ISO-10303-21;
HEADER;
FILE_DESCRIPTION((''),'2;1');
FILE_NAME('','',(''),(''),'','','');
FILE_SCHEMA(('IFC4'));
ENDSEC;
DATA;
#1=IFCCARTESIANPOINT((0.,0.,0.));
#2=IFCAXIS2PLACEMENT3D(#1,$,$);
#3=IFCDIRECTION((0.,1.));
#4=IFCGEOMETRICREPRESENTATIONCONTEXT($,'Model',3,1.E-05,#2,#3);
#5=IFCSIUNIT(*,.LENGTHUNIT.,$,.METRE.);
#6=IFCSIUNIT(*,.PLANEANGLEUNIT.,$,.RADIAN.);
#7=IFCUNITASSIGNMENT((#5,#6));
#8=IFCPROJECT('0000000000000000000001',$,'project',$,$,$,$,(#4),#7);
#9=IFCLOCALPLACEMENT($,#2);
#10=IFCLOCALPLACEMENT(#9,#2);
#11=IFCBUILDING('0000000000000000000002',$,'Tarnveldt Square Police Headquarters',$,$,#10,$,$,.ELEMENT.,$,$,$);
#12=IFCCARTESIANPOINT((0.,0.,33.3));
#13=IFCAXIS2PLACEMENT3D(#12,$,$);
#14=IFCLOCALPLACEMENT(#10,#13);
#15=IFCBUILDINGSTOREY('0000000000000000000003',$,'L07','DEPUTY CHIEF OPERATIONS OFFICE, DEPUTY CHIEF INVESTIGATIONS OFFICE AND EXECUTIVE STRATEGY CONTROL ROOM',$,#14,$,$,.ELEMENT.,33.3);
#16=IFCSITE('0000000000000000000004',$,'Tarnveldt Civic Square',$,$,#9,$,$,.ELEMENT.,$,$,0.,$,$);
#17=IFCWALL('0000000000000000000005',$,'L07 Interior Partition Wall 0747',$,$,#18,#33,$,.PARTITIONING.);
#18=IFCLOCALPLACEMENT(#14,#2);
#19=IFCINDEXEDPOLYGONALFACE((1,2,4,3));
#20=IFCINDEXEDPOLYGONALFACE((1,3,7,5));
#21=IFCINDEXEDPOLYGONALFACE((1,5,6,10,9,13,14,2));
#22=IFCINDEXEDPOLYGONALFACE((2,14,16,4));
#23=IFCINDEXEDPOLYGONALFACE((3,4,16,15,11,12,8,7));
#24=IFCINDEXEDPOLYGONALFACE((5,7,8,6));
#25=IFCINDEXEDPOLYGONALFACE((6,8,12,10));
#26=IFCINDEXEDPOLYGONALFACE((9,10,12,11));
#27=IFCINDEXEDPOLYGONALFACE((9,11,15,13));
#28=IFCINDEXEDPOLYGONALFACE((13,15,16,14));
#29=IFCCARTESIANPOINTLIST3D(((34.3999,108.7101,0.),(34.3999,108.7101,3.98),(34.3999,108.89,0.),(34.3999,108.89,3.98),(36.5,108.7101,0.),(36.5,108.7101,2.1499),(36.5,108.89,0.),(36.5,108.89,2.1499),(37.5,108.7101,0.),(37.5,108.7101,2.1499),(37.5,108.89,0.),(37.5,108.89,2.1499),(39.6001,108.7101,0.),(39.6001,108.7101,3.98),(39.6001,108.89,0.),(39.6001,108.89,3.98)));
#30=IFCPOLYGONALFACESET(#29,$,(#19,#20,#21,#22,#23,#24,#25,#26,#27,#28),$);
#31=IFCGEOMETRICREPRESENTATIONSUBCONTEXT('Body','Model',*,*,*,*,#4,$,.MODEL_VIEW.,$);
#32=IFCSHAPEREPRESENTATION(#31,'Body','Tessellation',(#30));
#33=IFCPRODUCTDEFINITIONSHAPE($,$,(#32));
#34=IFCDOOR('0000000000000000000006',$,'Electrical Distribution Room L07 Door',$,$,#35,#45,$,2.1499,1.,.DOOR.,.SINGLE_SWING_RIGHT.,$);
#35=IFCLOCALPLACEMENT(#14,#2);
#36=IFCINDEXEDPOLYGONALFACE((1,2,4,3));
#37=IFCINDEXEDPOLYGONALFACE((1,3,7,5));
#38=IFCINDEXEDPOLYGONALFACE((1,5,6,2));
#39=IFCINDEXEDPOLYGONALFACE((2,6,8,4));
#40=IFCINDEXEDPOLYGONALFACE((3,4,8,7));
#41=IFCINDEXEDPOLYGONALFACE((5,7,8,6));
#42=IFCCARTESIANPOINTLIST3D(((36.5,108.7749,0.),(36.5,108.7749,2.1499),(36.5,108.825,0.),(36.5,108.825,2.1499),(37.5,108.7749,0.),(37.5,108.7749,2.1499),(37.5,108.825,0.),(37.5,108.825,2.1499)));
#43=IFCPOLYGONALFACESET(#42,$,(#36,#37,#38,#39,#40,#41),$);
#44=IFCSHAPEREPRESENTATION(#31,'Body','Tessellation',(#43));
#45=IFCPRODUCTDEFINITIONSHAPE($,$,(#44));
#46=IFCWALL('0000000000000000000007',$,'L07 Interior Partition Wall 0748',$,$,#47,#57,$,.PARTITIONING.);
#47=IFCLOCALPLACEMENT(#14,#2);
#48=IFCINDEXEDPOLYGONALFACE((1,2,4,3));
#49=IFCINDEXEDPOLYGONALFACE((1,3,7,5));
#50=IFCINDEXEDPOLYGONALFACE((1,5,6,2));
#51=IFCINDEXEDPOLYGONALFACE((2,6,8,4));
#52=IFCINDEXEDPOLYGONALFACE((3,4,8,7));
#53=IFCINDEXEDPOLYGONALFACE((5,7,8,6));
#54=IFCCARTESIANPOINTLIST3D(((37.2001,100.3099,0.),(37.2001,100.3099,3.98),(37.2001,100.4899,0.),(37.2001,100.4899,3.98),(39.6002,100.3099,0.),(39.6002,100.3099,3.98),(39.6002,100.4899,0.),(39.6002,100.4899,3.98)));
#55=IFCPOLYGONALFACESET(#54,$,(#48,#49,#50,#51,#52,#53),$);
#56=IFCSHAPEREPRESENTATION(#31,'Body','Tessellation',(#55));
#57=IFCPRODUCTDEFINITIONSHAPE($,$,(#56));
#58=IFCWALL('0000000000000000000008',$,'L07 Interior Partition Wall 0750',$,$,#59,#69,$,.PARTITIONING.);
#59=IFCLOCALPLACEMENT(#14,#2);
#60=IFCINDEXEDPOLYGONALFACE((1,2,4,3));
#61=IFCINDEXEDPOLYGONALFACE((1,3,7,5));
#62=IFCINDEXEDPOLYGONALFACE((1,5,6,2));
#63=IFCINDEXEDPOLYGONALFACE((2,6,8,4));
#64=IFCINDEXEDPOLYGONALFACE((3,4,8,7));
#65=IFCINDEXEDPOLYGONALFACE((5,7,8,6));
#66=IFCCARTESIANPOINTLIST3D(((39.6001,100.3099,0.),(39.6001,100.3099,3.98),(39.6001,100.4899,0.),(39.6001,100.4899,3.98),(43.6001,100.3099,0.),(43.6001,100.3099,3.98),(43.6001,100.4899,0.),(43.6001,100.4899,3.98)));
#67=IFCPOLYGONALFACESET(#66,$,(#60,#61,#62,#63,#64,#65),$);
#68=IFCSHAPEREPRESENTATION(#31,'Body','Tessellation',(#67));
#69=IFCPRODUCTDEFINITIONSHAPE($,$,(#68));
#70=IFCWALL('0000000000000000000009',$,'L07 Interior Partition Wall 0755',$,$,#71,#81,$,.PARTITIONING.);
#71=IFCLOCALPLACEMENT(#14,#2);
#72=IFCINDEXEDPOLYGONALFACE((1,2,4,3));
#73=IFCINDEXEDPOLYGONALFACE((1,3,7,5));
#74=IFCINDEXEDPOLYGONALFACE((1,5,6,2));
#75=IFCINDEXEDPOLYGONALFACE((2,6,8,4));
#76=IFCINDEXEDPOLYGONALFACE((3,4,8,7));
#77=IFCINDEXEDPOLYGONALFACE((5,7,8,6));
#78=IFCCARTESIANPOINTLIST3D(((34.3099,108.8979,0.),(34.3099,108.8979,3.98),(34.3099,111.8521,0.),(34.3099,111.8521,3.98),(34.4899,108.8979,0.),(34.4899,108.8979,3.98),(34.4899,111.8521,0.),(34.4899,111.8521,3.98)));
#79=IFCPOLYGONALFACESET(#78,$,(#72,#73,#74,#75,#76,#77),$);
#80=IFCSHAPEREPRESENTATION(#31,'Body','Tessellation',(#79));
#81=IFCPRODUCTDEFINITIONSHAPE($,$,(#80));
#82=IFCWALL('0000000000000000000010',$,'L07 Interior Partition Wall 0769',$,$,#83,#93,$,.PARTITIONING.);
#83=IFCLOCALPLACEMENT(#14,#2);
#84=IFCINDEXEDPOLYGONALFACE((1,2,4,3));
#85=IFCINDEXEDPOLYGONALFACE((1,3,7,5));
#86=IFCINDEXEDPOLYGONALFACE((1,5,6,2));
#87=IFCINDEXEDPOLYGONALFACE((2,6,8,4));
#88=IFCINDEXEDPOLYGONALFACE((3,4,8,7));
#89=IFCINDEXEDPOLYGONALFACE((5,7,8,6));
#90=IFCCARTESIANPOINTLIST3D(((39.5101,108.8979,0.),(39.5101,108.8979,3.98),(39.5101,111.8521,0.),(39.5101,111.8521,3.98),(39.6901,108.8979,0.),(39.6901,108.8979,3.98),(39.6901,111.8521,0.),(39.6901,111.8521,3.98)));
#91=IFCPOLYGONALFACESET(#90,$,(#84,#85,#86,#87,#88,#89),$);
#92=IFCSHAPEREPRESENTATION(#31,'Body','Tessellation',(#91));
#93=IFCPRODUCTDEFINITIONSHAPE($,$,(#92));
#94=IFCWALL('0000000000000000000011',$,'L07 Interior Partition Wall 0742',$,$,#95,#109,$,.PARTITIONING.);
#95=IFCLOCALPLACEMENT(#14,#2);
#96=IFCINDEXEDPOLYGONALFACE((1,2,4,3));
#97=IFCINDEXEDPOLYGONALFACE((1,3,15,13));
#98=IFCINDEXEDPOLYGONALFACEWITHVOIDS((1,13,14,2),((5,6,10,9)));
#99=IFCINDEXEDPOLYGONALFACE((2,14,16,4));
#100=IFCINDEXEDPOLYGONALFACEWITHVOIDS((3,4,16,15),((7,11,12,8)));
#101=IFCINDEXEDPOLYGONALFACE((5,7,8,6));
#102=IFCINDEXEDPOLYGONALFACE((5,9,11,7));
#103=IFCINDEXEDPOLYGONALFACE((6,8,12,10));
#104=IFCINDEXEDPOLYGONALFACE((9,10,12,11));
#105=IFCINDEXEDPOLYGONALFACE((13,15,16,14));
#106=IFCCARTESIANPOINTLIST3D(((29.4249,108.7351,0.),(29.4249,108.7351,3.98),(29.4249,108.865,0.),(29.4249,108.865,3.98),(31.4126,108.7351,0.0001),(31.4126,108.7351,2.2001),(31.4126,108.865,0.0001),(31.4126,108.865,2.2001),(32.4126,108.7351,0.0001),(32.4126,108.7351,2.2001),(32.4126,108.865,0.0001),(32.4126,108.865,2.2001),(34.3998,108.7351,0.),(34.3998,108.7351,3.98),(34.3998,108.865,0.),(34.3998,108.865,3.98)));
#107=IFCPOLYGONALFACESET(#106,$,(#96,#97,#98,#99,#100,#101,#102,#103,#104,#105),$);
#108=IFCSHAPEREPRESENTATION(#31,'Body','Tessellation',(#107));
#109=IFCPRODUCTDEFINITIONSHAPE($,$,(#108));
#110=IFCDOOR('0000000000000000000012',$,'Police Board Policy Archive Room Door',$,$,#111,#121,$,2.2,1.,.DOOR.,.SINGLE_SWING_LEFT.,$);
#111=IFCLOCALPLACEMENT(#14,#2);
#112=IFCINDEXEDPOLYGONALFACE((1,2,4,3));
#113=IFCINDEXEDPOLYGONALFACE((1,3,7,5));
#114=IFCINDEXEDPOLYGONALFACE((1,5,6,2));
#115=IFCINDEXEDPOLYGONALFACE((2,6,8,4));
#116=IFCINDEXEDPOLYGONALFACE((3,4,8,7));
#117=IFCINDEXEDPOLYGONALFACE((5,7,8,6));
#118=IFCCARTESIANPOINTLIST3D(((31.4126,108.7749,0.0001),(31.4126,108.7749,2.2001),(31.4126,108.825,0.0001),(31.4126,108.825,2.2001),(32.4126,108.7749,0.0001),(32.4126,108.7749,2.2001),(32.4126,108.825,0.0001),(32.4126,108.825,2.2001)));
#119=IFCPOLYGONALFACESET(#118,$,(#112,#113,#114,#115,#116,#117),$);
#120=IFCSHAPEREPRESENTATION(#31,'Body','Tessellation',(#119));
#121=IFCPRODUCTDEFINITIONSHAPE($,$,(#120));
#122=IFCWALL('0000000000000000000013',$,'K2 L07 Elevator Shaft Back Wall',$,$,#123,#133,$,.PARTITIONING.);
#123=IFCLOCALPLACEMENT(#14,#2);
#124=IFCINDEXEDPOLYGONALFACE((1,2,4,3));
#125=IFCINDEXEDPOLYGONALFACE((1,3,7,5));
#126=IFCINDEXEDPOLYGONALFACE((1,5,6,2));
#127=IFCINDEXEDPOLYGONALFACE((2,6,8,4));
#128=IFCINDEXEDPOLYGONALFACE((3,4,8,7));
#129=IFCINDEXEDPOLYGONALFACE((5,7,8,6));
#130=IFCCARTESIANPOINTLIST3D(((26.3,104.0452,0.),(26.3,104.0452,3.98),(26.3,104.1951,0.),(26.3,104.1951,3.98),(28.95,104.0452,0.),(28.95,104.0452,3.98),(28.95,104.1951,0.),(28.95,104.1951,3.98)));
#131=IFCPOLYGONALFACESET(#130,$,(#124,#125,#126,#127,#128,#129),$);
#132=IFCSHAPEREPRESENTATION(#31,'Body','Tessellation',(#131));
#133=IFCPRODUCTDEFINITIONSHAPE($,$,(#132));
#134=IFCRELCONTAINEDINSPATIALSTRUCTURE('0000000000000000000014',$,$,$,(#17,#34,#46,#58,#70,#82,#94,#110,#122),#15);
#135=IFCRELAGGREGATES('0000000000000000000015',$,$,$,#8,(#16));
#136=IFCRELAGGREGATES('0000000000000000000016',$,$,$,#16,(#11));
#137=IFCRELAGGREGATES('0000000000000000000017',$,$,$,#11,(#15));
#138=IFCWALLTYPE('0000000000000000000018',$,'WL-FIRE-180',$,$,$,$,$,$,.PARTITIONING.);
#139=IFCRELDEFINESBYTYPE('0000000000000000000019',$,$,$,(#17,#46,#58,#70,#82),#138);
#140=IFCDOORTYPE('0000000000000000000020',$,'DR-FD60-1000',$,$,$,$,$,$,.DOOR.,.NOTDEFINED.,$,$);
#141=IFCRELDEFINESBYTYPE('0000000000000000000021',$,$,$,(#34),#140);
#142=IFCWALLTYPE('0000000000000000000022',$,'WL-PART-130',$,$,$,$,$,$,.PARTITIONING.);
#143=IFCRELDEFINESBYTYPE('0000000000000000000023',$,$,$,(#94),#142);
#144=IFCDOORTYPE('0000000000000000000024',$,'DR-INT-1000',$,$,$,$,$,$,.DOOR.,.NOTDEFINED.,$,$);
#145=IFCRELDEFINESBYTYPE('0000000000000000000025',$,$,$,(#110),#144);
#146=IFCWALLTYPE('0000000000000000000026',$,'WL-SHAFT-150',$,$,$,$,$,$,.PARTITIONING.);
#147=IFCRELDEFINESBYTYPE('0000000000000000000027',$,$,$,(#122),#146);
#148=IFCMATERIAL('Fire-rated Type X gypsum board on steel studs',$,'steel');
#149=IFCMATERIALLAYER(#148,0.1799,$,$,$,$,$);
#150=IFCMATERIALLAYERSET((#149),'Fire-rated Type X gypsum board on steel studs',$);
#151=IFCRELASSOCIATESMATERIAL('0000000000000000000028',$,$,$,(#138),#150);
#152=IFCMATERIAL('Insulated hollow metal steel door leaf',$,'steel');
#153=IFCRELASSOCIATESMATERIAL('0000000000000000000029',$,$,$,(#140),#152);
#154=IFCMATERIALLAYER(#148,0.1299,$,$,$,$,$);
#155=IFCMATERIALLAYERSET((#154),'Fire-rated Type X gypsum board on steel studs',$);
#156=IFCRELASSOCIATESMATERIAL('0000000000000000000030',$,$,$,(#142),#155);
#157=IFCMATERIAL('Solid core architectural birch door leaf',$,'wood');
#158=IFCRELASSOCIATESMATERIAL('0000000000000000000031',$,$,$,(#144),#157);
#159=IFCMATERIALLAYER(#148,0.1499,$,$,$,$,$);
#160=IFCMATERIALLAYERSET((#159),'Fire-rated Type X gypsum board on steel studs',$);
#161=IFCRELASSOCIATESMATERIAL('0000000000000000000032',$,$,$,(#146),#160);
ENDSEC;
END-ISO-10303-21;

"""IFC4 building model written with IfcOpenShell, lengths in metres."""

from ifc_helpers import new_model, si_unit, direction, frame, frame_2d, origin, place, context, subcontext, project, spatial, rectangle, extrude, material, layer, layer_set, type_object, element, fill, save


model = new_model("IFC4")

# Units and contexts
model_context = context("Model", 3, precision=1e-05, world=origin(), true_north=direction((0.0, 1.0)))
body_context = subcontext(model_context, "Body", "Model", "MODEL_VIEW")
ifc_project = project(units=[si_unit("LENGTHUNIT", "METRE"), si_unit("PLANEANGLEUNIT", "RADIAN")], contexts=[model_context])

# Site, building, storey
site_placement = place(None, origin())
site = spatial("IfcSite", under=ifc_project, at=site_placement, Name="Tarnveldt Civic Square", CompositionType="ELEMENT", RefElevation=0.0)
building_placement = place(site_placement, origin())
building = spatial("IfcBuilding", under=site, at=building_placement, Name="Tarnveldt Square Police Headquarters", CompositionType="ELEMENT")
storey_placement = place(building_placement, frame((0.0, 0.0, 33.3)))
storey = spatial("IfcBuildingStorey", under=building, at=storey_placement, Name="L07", Description="DEPUTY CHIEF OPERATIONS OFFICE, DEPUTY CHIEF INVESTIGATIONS OFFICE AND EXECUTIVE STRATEGY CONTROL ROOM", CompositionType="ELEMENT", Elevation=33.3)

# Shared definitions
ifc_material_1 = material(Name="Fire-rated Type X gypsum board on steel studs", Category="steel")

# Wall, opening, door
ifc_layer_1 = layer(ifc_material_1, 0.1799)
ifc_layer_set_1 = layer_set([ifc_layer_1], Name="Fire-rated Type X gypsum board on steel studs")
wall_type_1 = type_object("IfcWallType", Name="WL-FIRE-180", PredefinedType="PARTITIONING", material=ifc_layer_set_1)
wall_1_placement = place(storey_placement, frame((34.3999, 108.8, 0.0), z_axis=(0.0, 0.0, 1.0), x_axis=(1.0, 0.0, 0.0)))
wall_1 = element("IfcWall", 1, at=wall_1_placement, inside=storey, type_object=wall_type_1, Name="L07 Interior Partition Wall 0747", PredefinedType="PARTITIONING", context=body_context, shape_type="SweptSolid", body=[
    extrude(rectangle(XDim=5.2002, YDim=0.1799, at=frame_2d((2.6001, 0.0))), origin(), (0.0, 0.0, 1.0), 3.98),
])
opening_1_placement = place(wall_1_placement, frame((2.1001, 0.0, 0.0)))
opening_1 = element("IfcOpeningElement", 2, at=opening_1_placement, cuts=wall_1, PredefinedType="OPENING", context=body_context, shape_type="SweptSolid", body=[
    extrude(rectangle(XDim=1.0, YDim=2.1499, at=frame_2d((0.5, 1.075))), frame((0.0, 0.0999, 0.0), z_axis=(0.0, -1.0, 0.0), x_axis=(1.0, 0.0, 0.0)), (0.0, 0.0, 1.0), 0.2),
])
ifc_material_2 = material(Name="Insulated hollow metal steel door leaf", Category="steel")
door_type_1 = type_object("IfcDoorType", Name="DR-FD60-1000", OperationType="NOTDEFINED", PredefinedType="DOOR", material=ifc_material_2)
door_1_placement = place(opening_1_placement, origin())
door_1 = element("IfcDoor", 3, at=door_1_placement, inside=storey, type_object=door_type_1, Name="Electrical Distribution Room L07 Door", OperationType="SINGLE_SWING_RIGHT", OverallHeight=2.1499, OverallWidth=1.0, PredefinedType="DOOR", context=body_context, shape_type="SweptSolid", body=[
    extrude(rectangle(XDim=1.0, YDim=2.1499, at=frame_2d((0.5, 1.075))), frame((0.0, 0.0249, 0.0), z_axis=(0.0, -1.0, 0.0), x_axis=(1.0, 0.0, 0.0)), (0.0, 0.0, 1.0), 0.05),
])
fill(opening_1, door_1)

# Walls
wall_2_placement = place(storey_placement, frame((37.2, 100.3999, 0.0), z_axis=(0.0, 0.0, 1.0), x_axis=(1.0, 0.0, 0.0)))
element("IfcWall", 4, at=wall_2_placement, inside=storey, type_object=wall_type_1, Name="L07 Interior Partition Wall 0748", PredefinedType="PARTITIONING", context=body_context, shape_type="SweptSolid", body=[
    extrude(rectangle(XDim=2.4001, YDim=0.1799, at=frame_2d((1.2002, 0.0))), origin(), (0.0, 0.0, 1.0), 3.98),
])
wall_3_placement = place(storey_placement, frame((39.6001, 100.3999, 0.0), z_axis=(0.0, 0.0, 1.0), x_axis=(1.0, 0.0, 0.0)))
element("IfcWall", 5, at=wall_3_placement, inside=storey, type_object=wall_type_1, Name="L07 Interior Partition Wall 0750", PredefinedType="PARTITIONING", context=body_context, shape_type="SweptSolid", body=[
    extrude(rectangle(XDim=4.0, YDim=0.1799, at=frame_2d((2.0, 0.0))), origin(), (0.0, 0.0, 1.0), 3.98),
])
for number, where, z_axis, x_axis, name in (
    (6, (34.3999, 108.8979, 0.0), (0.0, 0.0, 1.0), (0.0, 1.0, 0.0), "L07 Interior Partition Wall 0755"),
    (7, (39.6001, 108.8979, 0.0), (0.0, 0.0, 1.0), (0.0, 1.0, 0.0), "L07 Interior Partition Wall 0769"),
):
    element("IfcWall", number, at=place(storey_placement, frame(where, z_axis=z_axis, x_axis=x_axis)), inside=storey, type_object=wall_type_1, Name=name, PredefinedType="PARTITIONING", context=body_context, shape_type="SweptSolid", body=[
        extrude(rectangle(XDim=2.9541, YDim=0.1799, at=frame_2d((1.4771, 0.0))), origin(), (0.0, 0.0, 1.0), 3.98),
    ])

# Wall, opening, door
ifc_layer_2 = layer(ifc_material_1, 0.1299)
ifc_layer_set_2 = layer_set([ifc_layer_2], Name="Fire-rated Type X gypsum board on steel studs")
wall_type_2 = type_object("IfcWallType", Name="WL-PART-130", PredefinedType="PARTITIONING", material=ifc_layer_set_2)
wall_4_placement = place(storey_placement, frame((29.425, 108.8, 0.0), z_axis=(0.0, 0.0, 1.0), x_axis=(1.0, 0.0, 0.0)))
wall_4 = element("IfcWall", 8, at=wall_4_placement, inside=storey, type_object=wall_type_2, Name="L07 Interior Partition Wall 0742", PredefinedType="PARTITIONING", context=body_context, shape_type="SweptSolid", body=[
    extrude(rectangle(XDim=4.9749, YDim=0.1299, at=frame_2d((2.4873, 0.0))), origin(), (0.0, 0.0, 1.0), 3.98),
])
opening_2_placement = place(wall_4_placement, frame((1.9875, 0.0, 0.0)))
opening_2 = element("IfcOpeningElement", 9, at=opening_2_placement, cuts=wall_4, PredefinedType="OPENING", context=body_context, shape_type="SweptSolid", body=[
    extrude(rectangle(XDim=1.0, YDim=2.2, at=frame_2d((0.5, 1.1001))), frame((0.0, 0.075, 0.0), z_axis=(0.0, -1.0, 0.0), x_axis=(1.0, 0.0, 0.0)), (0.0, 0.0, 1.0), 0.1499),
])
ifc_material_3 = material(Name="Solid core architectural birch door leaf", Category="wood")
door_type_2 = type_object("IfcDoorType", Name="DR-INT-1000", OperationType="NOTDEFINED", PredefinedType="DOOR", material=ifc_material_3)
door_2_placement = place(opening_2_placement, origin())
door_2 = element("IfcDoor", 10, at=door_2_placement, inside=storey, type_object=door_type_2, Name="Police Board Policy Archive Room Door", OperationType="SINGLE_SWING_LEFT", OverallHeight=2.2, OverallWidth=1.0, PredefinedType="DOOR", context=body_context, shape_type="SweptSolid", body=[
    extrude(rectangle(XDim=1.0, YDim=2.2, at=frame_2d((0.5, 1.1001))), frame((0.0, 0.0249, 0.0), z_axis=(0.0, -1.0, 0.0), x_axis=(1.0, 0.0, 0.0)), (0.0, 0.0, 1.0), 0.05),
])
fill(opening_2, door_2)

# Wall
ifc_layer_3 = layer(ifc_material_1, 0.1499)
ifc_layer_set_3 = layer_set([ifc_layer_3], Name="Fire-rated Type X gypsum board on steel studs")
wall_type_3 = type_object("IfcWallType", Name="WL-SHAFT-150", PredefinedType="PARTITIONING", material=ifc_layer_set_3)
wall_5_placement = place(storey_placement, frame((26.3, 104.1201, 0.0), z_axis=(0.0, 0.0, 1.0), x_axis=(1.0, 0.0, 0.0)))
element("IfcWall", 11, at=wall_5_placement, inside=storey, type_object=wall_type_3, Name="K2 L07 Elevator Shaft Back Wall", PredefinedType="PARTITIONING", context=body_context, shape_type="SweptSolid", body=[
    extrude(rectangle(XDim=2.6499, YDim=0.1499, at=frame_2d((1.325, 0.0))), origin(), (0.0, 0.0, 1.0), 3.98),
])

save(model, "model.ifc")
